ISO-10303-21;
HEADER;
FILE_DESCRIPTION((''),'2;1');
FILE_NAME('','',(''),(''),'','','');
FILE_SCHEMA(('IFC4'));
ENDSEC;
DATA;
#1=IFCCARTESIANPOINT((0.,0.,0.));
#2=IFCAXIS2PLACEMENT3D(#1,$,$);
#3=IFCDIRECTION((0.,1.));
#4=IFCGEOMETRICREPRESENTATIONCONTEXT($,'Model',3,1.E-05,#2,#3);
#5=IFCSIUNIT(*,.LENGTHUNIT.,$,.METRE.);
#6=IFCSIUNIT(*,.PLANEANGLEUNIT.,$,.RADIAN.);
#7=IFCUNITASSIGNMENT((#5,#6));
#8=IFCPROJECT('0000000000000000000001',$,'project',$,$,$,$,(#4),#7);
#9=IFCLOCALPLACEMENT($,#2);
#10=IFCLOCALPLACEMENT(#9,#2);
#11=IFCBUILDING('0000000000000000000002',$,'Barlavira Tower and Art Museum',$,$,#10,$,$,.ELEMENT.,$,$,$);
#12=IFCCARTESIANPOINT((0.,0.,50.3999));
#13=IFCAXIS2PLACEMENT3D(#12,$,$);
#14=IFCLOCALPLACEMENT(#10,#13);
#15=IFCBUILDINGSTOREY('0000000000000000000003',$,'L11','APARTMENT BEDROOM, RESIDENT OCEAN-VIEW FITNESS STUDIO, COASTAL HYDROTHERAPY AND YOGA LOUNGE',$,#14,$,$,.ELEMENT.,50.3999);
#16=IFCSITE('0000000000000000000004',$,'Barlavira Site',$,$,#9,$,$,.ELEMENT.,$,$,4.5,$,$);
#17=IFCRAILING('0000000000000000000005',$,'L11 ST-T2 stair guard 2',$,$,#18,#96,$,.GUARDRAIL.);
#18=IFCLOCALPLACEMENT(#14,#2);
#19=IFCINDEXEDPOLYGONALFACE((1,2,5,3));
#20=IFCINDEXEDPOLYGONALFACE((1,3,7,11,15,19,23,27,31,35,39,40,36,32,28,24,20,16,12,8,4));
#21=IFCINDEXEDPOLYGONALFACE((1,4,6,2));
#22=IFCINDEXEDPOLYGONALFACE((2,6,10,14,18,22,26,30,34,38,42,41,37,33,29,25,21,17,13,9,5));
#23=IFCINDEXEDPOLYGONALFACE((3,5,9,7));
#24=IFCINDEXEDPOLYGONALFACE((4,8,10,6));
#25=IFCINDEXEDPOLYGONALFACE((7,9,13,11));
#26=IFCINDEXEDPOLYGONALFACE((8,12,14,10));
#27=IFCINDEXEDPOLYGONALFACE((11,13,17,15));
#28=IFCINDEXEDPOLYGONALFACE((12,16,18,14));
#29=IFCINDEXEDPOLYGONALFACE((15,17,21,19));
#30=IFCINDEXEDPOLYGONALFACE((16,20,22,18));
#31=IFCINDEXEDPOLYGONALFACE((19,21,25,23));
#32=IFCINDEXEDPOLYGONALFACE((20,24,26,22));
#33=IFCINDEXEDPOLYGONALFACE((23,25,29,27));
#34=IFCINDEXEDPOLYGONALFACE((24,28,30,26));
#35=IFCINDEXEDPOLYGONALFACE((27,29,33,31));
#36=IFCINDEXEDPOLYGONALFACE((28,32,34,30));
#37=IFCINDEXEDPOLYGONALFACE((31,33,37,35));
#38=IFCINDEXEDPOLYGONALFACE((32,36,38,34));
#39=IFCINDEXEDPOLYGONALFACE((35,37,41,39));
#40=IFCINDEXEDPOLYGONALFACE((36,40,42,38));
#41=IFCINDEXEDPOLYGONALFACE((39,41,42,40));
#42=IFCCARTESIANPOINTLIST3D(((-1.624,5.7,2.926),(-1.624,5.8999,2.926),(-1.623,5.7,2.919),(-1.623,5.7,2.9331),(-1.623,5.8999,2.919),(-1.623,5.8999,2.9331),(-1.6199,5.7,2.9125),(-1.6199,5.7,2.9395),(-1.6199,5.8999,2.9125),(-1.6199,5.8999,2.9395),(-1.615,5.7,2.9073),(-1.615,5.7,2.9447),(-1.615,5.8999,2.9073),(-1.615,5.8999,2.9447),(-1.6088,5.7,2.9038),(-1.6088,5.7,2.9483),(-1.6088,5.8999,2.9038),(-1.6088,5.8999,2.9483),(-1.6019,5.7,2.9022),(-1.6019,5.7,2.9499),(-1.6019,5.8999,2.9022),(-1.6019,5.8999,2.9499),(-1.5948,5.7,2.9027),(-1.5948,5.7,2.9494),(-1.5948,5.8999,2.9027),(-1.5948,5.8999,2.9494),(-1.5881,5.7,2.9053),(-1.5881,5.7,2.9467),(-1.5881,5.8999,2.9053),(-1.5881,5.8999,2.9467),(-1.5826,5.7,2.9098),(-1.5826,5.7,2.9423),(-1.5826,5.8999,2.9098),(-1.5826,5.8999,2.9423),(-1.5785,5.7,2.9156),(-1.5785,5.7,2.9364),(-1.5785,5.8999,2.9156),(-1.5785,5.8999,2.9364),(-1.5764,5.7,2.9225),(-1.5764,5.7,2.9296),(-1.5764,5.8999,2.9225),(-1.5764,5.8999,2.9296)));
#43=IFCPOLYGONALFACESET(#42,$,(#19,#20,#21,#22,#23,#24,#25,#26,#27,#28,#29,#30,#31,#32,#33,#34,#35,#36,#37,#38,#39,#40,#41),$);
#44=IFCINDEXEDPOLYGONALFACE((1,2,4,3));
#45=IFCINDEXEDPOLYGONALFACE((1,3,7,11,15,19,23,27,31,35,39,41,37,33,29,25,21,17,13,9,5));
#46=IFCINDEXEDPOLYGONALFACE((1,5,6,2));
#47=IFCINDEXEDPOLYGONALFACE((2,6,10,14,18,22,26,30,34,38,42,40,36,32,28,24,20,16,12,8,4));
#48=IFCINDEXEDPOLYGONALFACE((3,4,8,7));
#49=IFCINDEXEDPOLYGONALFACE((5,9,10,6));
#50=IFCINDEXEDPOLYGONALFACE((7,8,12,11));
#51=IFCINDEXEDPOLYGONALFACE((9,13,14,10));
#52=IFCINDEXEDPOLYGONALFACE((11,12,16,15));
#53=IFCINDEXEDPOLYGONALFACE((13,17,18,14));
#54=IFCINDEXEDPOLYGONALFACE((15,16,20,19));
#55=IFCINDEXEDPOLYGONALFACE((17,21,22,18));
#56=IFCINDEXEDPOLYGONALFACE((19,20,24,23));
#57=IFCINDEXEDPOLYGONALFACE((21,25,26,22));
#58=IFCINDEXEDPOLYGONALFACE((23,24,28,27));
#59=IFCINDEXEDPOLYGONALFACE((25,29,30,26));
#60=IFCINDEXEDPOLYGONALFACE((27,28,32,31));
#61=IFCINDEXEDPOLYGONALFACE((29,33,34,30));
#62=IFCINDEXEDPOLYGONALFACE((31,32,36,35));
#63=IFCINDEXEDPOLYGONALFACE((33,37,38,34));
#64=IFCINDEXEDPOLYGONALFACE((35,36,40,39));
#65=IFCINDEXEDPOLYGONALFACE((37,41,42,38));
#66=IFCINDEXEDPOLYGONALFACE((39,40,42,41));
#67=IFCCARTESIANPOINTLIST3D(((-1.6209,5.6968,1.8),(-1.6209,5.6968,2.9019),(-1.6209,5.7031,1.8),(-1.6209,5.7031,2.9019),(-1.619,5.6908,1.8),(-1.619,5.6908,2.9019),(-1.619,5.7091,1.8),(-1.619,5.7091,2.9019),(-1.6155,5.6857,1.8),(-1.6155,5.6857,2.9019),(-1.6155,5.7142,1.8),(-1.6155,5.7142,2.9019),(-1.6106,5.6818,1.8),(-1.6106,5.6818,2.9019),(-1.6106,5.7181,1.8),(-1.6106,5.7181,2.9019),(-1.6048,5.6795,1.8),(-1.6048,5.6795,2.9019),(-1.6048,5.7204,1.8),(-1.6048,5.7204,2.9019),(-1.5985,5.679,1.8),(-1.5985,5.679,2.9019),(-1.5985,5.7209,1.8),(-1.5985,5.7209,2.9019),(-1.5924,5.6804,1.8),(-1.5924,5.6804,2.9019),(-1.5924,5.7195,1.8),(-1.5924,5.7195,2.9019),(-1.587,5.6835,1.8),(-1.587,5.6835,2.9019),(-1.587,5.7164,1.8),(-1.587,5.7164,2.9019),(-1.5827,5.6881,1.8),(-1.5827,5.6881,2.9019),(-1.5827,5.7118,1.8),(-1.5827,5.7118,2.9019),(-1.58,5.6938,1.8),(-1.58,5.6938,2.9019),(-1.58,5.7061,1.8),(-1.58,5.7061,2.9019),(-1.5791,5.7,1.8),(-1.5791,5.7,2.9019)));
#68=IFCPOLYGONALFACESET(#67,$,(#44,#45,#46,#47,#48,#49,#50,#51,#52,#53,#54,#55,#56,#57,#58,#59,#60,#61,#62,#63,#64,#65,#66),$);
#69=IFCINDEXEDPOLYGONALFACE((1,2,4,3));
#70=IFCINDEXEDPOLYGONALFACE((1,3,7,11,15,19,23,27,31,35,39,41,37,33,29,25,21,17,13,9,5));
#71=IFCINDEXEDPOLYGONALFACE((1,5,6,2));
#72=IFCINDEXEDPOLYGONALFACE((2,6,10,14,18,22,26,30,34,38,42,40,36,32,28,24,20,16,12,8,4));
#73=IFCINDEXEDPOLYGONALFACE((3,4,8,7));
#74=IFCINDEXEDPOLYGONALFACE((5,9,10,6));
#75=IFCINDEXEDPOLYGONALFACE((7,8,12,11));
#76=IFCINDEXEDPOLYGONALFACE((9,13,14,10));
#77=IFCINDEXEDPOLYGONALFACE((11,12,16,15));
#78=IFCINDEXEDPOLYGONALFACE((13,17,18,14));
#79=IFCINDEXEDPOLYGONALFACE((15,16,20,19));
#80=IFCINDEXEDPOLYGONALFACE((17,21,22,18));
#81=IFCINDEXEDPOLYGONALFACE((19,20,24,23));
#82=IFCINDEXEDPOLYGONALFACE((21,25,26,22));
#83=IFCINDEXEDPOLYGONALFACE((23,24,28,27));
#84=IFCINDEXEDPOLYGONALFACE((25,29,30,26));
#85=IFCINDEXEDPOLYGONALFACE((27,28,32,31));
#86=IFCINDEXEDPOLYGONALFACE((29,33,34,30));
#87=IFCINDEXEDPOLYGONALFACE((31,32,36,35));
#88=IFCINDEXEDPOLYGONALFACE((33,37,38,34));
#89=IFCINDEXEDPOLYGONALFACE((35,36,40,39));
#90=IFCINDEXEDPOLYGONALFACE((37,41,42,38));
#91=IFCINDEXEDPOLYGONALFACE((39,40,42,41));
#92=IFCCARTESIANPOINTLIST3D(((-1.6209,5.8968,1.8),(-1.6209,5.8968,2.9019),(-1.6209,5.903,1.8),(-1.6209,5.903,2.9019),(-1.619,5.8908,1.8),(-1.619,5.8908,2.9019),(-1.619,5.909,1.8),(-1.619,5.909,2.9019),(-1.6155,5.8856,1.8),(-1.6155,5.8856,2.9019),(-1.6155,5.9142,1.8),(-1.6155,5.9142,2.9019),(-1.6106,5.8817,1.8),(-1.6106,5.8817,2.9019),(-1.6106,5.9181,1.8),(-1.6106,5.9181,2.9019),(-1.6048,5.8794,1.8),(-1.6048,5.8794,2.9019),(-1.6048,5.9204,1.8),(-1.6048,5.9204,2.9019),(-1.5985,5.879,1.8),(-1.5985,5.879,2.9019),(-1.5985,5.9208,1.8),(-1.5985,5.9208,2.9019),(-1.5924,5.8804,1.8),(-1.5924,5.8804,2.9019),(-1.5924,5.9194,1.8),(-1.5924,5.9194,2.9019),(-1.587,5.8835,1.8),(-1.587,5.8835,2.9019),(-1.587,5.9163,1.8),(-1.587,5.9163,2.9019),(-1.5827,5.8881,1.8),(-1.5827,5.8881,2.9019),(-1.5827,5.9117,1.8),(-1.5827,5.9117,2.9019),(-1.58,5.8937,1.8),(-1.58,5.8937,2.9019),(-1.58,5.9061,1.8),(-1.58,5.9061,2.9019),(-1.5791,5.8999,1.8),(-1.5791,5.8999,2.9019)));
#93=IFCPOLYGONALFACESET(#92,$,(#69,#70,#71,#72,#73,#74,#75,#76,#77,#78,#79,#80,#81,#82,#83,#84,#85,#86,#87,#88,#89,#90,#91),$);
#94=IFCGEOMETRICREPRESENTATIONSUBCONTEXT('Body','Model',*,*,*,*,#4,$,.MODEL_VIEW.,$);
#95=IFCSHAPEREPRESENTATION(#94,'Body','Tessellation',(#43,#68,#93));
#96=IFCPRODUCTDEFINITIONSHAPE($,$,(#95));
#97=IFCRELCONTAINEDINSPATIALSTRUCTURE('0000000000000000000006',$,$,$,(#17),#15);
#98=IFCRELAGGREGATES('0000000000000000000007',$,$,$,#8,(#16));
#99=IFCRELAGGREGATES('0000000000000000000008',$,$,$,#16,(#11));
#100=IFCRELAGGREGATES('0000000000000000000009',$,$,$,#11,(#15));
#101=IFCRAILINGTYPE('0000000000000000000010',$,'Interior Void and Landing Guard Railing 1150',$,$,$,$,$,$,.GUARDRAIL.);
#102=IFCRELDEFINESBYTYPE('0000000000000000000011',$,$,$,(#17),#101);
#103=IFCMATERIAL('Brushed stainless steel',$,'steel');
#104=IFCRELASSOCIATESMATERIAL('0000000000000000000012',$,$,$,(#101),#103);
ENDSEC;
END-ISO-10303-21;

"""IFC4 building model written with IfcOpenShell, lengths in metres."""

from ifc_helpers import new_model, si_unit, direction, frame, origin, origin_2d, place, context, subcontext, project, spatial, circle, extrude, material, type_object, element, save


model = new_model("IFC4")

# Units and contexts
model_context = context("Model", 3, precision=1e-05, world=origin(), true_north=direction((0.0, 1.0)))
body_context = subcontext(model_context, "Body", "Model", "MODEL_VIEW")
ifc_project = project(units=[si_unit("LENGTHUNIT", "METRE"), si_unit("PLANEANGLEUNIT", "RADIAN")], contexts=[model_context])

# Site, building, storey
site_placement = place(None, origin())
site = spatial("IfcSite", under=ifc_project, at=site_placement, Name="Barlavira Site", CompositionType="ELEMENT", RefElevation=4.5)
building_placement = place(site_placement, origin())
building = spatial("IfcBuilding", under=site, at=building_placement, Name="Barlavira Tower and Art Museum", CompositionType="ELEMENT")
storey_placement = place(building_placement, frame((0.0, 0.0, 50.3999)))
storey = spatial("IfcBuildingStorey", under=building, at=storey_placement, Name="L11", Description="APARTMENT BEDROOM, RESIDENT OCEAN-VIEW FITNESS STUDIO, COASTAL HYDROTHERAPY AND YOGA LOUNGE", CompositionType="ELEMENT", Elevation=50.3999)

# Shared definitions
ifc_material_1 = material(Name="Brushed stainless steel", Category="steel")

# Railing
railing_type_1 = type_object("IfcRailingType", Name="Interior Void and Landing Guard Railing 1150", PredefinedType="GUARDRAIL", material=ifc_material_1)
railing_1_placement = place(storey_placement, frame((-1.6001, 5.7, 1.8)))
element("IfcRailing", 1, at=railing_1_placement, inside=storey, type_object=railing_type_1, Name="L11 ST-T2 stair guard 2", PredefinedType="GUARDRAIL", context=body_context, shape_type="SweptSolid", body=[
    extrude(circle(Radius=0.0239, at=origin_2d()), frame((0.0, 0.0, 1.126), z_axis=(0.0, 1.0, 0.0), x_axis=(-1.0, 0.0, 0.0)), (0.0, 0.0, 1.0), 0.2),
    extrude(circle(Radius=0.021, at=origin_2d()), origin(), (0.0, 0.0, 1.0), 1.1018),
    extrude(circle(Radius=0.021, at=origin_2d()), frame((0.0, 0.2, 0.0)), (0.0, 0.0, 1.0), 1.1018),
])

save(model, "model.ifc")
